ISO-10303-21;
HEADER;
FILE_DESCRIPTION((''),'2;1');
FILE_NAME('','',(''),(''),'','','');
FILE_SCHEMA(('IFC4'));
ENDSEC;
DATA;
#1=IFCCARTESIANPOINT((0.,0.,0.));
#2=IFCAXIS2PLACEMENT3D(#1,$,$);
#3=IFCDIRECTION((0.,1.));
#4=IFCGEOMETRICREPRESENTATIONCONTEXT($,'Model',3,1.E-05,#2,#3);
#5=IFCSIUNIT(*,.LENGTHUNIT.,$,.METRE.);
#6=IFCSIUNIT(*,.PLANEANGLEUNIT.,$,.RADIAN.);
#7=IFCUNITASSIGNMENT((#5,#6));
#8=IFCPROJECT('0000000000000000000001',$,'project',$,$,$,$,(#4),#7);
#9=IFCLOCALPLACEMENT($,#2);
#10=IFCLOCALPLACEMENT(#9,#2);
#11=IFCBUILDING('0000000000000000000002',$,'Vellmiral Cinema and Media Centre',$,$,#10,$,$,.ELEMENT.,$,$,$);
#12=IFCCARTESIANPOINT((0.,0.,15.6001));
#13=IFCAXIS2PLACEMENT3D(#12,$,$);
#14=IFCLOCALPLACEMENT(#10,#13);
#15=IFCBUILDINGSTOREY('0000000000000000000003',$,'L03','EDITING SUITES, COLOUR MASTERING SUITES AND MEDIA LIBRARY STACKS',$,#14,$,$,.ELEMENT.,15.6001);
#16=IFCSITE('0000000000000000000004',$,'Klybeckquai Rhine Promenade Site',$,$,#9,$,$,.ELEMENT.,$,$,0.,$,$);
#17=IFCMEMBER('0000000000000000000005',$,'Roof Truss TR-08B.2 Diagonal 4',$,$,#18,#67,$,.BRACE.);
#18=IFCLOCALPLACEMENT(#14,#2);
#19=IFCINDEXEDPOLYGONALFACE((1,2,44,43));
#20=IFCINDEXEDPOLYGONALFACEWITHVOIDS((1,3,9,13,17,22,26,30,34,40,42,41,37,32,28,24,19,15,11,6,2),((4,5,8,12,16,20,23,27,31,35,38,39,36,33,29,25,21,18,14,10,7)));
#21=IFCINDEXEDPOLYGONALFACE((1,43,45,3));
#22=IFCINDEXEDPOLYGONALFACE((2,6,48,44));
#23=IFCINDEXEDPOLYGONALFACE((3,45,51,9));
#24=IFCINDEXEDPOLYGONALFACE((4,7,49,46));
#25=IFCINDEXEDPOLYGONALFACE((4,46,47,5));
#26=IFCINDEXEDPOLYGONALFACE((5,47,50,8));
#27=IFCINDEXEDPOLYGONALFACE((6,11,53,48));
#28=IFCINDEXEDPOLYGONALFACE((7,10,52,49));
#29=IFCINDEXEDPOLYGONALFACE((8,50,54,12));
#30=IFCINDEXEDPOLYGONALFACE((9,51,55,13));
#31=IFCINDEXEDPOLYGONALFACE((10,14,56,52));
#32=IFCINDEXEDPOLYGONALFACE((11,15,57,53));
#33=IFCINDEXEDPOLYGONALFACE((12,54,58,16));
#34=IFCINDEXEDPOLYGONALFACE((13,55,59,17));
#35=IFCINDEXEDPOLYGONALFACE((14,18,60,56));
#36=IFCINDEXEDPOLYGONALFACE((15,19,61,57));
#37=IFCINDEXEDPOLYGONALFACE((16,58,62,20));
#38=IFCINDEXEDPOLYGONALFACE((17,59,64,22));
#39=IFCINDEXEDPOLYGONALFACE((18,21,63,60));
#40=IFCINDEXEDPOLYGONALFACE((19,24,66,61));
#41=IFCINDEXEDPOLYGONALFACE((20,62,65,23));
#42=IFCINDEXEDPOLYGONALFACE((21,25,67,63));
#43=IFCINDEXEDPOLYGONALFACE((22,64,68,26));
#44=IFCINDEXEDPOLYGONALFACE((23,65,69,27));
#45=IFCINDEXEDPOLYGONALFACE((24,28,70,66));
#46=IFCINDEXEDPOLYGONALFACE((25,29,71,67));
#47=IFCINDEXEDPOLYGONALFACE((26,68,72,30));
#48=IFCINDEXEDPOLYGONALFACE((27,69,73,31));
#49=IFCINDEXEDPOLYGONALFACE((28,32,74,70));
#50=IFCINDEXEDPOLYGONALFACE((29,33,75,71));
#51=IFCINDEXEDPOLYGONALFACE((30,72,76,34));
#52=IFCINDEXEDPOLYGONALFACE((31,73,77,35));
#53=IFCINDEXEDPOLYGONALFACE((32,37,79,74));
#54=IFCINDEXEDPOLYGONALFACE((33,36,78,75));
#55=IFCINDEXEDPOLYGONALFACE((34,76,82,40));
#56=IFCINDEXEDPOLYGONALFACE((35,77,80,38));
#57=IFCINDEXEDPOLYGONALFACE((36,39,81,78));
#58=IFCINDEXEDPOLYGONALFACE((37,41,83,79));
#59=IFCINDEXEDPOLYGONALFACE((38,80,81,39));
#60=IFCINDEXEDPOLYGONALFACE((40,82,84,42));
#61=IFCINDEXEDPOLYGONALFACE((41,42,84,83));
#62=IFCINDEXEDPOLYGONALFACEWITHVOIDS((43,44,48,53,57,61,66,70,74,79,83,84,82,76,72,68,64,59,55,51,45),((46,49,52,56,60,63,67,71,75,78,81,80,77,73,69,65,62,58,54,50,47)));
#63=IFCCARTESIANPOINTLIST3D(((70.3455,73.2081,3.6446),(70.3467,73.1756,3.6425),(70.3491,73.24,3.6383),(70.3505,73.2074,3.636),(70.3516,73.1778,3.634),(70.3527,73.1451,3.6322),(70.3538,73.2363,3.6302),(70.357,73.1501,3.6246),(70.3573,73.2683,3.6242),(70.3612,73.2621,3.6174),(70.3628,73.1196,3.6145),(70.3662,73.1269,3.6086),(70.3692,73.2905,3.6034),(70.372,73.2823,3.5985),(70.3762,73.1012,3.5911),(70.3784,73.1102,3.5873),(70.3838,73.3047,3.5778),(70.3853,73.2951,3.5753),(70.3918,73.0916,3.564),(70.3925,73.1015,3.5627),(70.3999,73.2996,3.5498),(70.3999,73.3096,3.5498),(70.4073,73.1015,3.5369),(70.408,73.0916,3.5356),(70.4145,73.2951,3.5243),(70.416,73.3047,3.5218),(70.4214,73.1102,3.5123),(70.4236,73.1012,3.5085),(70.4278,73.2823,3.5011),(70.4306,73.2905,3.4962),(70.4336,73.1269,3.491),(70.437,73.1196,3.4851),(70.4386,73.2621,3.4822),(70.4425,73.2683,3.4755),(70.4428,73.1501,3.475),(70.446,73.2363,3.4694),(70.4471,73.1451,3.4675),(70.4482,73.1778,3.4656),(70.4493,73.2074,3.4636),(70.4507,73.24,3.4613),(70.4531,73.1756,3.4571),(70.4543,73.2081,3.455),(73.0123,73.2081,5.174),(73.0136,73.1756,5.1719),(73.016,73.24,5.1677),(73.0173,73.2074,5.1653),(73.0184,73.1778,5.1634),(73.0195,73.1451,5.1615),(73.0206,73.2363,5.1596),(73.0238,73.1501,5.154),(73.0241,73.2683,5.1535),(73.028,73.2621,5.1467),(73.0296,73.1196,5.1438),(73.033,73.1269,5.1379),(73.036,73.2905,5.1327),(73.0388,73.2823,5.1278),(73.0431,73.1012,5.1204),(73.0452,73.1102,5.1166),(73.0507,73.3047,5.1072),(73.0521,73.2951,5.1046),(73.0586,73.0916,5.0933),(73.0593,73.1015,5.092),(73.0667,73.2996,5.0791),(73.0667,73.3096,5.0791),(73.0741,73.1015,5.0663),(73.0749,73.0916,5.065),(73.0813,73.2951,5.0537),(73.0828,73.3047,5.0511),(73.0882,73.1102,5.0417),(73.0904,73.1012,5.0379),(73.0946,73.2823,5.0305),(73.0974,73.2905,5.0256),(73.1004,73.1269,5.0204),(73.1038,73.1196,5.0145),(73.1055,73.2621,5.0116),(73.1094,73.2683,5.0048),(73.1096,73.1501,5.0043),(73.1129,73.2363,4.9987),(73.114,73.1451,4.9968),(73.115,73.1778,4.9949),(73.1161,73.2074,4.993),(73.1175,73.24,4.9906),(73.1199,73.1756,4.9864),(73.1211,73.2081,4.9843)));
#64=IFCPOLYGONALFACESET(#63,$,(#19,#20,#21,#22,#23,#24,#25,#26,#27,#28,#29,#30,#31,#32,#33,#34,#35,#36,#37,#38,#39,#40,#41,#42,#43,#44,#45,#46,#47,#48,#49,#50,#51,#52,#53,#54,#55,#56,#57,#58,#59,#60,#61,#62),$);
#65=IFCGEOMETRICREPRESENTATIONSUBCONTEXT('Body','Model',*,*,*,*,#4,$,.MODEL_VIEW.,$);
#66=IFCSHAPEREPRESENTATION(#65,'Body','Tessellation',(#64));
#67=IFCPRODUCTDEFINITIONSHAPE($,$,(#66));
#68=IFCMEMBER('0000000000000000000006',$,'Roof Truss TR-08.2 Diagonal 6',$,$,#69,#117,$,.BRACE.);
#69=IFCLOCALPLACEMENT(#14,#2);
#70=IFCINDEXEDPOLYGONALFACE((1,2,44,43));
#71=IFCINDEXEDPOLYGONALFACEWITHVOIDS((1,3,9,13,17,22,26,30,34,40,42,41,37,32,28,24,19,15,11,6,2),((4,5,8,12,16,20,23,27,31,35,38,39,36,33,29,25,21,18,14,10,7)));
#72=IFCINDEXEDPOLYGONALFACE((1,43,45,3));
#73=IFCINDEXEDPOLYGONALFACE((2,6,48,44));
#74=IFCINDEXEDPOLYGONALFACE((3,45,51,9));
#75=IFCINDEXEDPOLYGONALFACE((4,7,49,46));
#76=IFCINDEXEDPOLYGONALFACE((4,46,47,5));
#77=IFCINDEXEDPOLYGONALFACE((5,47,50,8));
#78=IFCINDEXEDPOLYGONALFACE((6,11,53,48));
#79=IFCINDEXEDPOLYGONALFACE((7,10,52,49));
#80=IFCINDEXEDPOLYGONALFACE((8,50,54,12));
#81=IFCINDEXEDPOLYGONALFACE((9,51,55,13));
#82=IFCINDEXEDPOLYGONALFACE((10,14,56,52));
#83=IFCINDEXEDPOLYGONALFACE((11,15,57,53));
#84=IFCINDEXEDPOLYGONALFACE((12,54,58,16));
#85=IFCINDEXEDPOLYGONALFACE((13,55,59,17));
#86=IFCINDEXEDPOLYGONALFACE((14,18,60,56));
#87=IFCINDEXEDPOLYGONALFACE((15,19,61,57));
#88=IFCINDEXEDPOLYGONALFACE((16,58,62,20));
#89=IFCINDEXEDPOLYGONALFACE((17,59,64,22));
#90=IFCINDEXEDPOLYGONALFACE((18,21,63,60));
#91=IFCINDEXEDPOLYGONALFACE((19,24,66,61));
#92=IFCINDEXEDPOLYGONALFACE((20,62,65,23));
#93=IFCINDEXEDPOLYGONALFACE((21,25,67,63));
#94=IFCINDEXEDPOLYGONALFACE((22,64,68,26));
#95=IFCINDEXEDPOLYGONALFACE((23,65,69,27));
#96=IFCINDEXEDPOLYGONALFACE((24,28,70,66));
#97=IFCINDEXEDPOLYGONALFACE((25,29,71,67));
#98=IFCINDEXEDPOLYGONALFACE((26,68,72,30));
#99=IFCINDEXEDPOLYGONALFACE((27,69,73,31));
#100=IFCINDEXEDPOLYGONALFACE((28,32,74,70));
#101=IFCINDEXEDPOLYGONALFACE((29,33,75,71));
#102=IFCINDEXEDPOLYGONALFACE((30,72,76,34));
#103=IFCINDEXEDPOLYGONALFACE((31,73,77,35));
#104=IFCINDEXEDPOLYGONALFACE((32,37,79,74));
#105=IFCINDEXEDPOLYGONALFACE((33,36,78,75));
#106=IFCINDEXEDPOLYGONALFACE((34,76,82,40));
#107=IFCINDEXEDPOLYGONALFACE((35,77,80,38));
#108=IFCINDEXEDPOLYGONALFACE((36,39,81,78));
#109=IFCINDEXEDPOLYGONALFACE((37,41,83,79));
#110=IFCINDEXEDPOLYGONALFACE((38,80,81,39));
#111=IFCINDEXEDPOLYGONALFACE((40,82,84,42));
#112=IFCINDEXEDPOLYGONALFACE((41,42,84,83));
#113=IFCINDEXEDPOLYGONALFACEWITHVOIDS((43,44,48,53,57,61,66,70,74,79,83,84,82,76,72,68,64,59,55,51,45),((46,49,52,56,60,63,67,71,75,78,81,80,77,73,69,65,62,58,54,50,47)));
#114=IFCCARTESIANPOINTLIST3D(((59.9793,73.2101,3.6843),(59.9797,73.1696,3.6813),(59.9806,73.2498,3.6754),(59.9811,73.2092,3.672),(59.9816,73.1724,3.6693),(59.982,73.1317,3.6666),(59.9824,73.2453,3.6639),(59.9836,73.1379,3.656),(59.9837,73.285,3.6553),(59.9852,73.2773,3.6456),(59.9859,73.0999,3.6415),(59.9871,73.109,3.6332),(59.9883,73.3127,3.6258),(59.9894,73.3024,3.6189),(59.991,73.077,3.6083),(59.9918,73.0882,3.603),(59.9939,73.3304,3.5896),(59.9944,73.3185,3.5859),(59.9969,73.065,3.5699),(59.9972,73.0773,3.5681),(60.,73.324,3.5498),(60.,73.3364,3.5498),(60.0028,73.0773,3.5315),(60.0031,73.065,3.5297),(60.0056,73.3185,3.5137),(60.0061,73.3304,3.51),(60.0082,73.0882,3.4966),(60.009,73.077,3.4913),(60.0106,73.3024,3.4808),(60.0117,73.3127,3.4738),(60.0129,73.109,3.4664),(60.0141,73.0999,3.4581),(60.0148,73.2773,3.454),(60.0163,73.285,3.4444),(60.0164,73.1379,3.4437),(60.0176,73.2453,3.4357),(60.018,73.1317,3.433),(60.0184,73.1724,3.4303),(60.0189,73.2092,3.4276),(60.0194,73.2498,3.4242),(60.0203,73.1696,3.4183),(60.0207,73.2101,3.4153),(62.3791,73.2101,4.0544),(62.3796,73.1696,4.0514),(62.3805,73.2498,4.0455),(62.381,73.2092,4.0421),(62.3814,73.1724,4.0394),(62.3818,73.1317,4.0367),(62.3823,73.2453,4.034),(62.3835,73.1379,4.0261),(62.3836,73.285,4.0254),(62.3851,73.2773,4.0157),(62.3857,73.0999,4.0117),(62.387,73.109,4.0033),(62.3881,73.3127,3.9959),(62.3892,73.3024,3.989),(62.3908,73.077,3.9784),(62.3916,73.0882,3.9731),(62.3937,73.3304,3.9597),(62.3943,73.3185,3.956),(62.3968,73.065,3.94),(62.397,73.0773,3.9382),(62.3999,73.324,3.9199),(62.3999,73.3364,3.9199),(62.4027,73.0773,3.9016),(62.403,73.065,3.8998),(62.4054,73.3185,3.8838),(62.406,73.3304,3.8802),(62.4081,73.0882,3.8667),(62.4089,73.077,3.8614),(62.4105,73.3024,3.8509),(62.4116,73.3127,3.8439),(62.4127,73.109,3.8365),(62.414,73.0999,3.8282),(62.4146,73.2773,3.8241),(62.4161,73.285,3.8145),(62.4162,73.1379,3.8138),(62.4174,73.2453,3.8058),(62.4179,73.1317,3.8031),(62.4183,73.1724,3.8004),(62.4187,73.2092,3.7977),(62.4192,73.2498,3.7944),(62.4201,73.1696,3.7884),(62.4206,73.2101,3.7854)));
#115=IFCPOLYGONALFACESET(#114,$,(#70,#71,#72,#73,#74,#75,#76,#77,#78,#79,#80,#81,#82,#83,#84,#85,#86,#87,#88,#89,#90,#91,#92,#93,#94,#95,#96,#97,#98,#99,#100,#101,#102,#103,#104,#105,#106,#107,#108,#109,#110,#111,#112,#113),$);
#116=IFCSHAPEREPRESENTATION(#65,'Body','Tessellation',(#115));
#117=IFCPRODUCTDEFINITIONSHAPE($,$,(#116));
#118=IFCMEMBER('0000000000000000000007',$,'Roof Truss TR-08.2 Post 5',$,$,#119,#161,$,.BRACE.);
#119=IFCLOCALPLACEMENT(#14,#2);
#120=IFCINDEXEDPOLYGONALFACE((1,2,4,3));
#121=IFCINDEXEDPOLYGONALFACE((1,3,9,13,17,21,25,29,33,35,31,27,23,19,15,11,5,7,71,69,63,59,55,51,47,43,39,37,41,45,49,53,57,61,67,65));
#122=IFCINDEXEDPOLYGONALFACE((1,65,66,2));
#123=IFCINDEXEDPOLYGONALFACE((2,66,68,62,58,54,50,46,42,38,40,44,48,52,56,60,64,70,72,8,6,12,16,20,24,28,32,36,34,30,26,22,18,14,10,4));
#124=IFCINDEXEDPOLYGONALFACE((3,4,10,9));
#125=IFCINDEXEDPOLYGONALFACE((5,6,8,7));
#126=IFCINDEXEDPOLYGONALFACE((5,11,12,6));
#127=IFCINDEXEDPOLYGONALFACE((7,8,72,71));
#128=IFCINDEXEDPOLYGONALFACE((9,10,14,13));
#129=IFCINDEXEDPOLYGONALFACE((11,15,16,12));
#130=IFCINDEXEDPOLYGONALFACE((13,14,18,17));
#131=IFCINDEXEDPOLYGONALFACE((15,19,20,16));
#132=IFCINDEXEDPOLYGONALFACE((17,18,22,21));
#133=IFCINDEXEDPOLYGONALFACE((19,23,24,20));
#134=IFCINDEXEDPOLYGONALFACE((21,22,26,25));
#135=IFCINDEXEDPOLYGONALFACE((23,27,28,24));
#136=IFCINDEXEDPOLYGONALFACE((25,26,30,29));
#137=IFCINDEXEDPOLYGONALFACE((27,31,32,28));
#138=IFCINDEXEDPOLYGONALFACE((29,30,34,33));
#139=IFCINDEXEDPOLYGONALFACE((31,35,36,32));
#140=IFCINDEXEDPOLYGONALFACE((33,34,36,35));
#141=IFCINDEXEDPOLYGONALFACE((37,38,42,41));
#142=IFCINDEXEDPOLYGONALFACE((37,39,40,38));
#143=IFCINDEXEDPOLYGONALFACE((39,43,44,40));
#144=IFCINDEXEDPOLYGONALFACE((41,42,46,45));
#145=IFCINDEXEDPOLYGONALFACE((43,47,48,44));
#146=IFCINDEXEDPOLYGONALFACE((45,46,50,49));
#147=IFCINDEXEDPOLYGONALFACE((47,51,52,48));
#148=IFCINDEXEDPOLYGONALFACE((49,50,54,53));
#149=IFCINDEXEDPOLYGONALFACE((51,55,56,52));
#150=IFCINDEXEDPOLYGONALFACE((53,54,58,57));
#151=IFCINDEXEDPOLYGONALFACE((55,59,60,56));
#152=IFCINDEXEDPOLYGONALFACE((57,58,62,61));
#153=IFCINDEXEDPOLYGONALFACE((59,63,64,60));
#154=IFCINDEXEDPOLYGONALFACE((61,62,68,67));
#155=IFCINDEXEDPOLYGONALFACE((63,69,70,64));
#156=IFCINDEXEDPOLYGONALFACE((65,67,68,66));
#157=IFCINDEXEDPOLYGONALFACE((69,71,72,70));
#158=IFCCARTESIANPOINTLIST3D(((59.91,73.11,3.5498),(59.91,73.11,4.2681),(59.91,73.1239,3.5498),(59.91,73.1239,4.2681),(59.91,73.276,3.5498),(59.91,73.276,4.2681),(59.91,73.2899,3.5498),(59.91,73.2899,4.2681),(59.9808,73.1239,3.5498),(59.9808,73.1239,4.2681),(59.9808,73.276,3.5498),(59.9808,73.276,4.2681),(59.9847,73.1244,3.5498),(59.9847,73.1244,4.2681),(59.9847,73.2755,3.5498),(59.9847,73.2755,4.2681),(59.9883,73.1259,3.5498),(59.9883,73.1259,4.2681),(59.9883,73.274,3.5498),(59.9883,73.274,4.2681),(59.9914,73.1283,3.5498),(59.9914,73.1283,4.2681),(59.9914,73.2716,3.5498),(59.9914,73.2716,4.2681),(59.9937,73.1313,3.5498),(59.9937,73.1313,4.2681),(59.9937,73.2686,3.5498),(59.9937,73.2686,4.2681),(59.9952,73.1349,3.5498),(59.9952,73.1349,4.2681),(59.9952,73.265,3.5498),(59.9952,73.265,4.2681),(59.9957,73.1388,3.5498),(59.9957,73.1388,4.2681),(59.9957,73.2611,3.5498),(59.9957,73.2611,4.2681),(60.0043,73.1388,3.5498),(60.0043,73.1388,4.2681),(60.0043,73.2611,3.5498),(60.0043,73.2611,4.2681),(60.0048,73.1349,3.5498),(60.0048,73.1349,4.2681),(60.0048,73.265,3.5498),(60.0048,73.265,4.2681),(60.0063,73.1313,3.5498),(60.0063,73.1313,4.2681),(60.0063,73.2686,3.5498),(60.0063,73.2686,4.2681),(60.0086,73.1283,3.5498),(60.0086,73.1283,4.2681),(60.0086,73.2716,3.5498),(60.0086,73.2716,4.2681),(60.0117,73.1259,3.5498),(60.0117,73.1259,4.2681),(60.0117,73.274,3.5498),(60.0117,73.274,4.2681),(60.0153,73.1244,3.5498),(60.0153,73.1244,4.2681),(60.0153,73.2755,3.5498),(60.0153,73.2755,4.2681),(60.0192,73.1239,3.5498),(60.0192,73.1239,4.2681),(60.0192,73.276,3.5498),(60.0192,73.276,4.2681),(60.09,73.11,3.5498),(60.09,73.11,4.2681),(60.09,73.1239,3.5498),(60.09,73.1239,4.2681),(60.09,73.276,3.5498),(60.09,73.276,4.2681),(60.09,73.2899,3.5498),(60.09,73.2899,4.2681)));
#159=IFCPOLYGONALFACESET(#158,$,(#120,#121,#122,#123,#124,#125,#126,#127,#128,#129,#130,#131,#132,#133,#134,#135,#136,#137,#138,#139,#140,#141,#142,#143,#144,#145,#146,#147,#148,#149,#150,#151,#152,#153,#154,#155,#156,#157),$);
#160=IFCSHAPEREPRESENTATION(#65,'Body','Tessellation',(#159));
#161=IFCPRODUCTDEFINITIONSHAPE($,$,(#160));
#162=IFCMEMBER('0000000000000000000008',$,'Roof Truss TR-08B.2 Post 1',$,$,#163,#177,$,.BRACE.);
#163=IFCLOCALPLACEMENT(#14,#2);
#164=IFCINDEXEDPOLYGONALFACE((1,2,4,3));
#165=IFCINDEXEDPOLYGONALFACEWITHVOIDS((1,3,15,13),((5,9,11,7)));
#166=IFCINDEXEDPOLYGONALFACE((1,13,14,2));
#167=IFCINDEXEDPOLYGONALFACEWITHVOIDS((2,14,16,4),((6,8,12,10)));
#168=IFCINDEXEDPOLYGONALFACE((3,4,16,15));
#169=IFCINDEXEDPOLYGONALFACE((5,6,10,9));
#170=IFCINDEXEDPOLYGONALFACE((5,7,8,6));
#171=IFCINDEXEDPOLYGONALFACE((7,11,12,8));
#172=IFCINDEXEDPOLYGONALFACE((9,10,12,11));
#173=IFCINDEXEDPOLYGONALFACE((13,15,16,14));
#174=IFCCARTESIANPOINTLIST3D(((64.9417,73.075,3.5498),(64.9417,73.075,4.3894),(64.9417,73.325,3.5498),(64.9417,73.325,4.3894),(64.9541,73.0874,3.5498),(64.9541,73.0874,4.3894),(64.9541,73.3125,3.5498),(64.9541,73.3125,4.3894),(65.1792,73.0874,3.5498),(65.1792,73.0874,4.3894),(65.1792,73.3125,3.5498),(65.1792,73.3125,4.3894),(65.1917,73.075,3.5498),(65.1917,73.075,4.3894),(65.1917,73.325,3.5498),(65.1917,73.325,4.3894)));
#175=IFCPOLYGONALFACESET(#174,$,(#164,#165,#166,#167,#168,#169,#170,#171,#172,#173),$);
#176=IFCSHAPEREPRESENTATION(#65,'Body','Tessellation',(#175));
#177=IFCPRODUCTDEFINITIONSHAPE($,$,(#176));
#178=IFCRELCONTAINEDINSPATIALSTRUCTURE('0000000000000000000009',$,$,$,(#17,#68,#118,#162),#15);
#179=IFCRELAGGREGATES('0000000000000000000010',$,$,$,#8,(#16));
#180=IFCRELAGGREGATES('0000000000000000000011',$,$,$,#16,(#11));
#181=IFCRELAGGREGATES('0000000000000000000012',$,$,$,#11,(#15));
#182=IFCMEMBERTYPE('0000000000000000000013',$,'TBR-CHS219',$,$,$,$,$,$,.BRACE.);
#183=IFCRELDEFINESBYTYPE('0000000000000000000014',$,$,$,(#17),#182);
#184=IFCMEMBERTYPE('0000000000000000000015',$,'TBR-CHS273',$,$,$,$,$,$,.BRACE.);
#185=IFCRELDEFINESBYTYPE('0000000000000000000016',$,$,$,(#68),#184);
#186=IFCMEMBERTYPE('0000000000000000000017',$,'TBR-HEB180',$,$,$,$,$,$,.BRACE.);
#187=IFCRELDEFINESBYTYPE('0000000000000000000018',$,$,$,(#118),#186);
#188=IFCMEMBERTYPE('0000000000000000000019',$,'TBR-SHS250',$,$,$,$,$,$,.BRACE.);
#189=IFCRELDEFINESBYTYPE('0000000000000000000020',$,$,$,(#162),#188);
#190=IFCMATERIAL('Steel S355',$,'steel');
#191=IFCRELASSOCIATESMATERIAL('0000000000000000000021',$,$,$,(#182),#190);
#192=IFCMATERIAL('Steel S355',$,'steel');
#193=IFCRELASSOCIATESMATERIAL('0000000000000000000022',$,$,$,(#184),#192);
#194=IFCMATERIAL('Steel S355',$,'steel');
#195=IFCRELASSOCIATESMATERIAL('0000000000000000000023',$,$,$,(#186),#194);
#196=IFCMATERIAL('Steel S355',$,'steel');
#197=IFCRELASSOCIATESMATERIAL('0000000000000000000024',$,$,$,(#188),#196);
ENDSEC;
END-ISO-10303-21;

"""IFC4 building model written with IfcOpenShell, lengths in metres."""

from ifc_helpers import new_model, si_unit, direction, frame, origin, origin_2d, place, context, subcontext, project, spatial, hollow_rectangle, hollow_circle, i_section, extrude, material, material_profile, profile_set, type_object, element, save


model = new_model("IFC4")

# Units and contexts
model_context = context("Model", 3, precision=1e-05, world=origin(), true_north=direction((0.0, 1.0)))
body_context = subcontext(model_context, "Body", "Model", "MODEL_VIEW")
ifc_project = project(units=[si_unit("LENGTHUNIT", "METRE"), si_unit("PLANEANGLEUNIT", "RADIAN")], contexts=[model_context])

# Site, building, storey
site_placement = place(None, origin())
site = spatial("IfcSite", under=ifc_project, at=site_placement, Name="Klybeckquai Rhine Promenade Site", CompositionType="ELEMENT", RefElevation=0.0)
building_placement = place(site_placement, origin())
building = spatial("IfcBuilding", under=site, at=building_placement, Name="Vellmiral Cinema and Media Centre", CompositionType="ELEMENT")
storey_placement = place(building_placement, frame((0.0, 0.0, 15.6001)))
storey = spatial("IfcBuildingStorey", under=building, at=storey_placement, Name="L03", Description="EDITING SUITES, COLOUR MASTERING SUITES AND MEDIA LIBRARY STACKS", CompositionType="ELEMENT", Elevation=15.6001)

# Members
ifc_material_1 = material(Name="Steel S355", Category="steel")
ifc_material_profile_1 = material_profile(ifc_material_1, hollow_circle(Radius=0.1096, WallThickness=0.01, at=origin_2d()), Name="CHS 219.1x10.0")
ifc_profile_set_1 = profile_set([ifc_material_profile_1], Name="Steel S355")
member_type_1 = type_object("IfcMemberType", Name="TBR-CHS219", PredefinedType="BRACE", material=ifc_profile_set_1)
member_1_placement = place(storey_placement, frame((70.3999, 73.2, 3.5498), z_axis=(0.86748, 0.0, 0.497473), x_axis=(0.0, 1.0, 0.0)))
element("IfcMember", 1, at=member_1_placement, inside=storey, type_object=member_type_1, Name="Roof Truss TR-08B.2 Diagonal 4", PredefinedType="BRACE", context=body_context, shape_type="SweptSolid", body=[
    extrude(hollow_circle(Radius=0.1096, WallThickness=0.01, at=origin_2d()), origin(), (0.0, 0.0, 1.0), 3.0742),
])
ifc_material_2 = material(Name="Steel S355", Category="steel")
ifc_material_profile_2 = material_profile(ifc_material_2, hollow_circle(Radius=0.1365, WallThickness=0.0125, at=origin_2d()), Name="CHS 273.0x12.5")
ifc_profile_set_2 = profile_set([ifc_material_profile_2], Name="Steel S355")
member_type_2 = type_object("IfcMemberType", Name="TBR-CHS273", PredefinedType="BRACE", material=ifc_profile_set_2)
member_2_placement = place(storey_placement, frame((60.0, 73.2, 3.5498), z_axis=(0.988316, 0.0, 0.15242), x_axis=(0.0, 1.0, 0.0)))
element("IfcMember", 2, at=member_2_placement, inside=storey, type_object=member_type_2, Name="Roof Truss TR-08.2 Diagonal 6", PredefinedType="BRACE", context=body_context, shape_type="SweptSolid", body=[
    extrude(hollow_circle(Radius=0.1365, WallThickness=0.0125, at=origin_2d()), origin(), (0.0, 0.0, 1.0), 2.4282),
])
ifc_material_3 = material(Name="Steel S355", Category="steel")
ifc_material_profile_3 = material_profile(ifc_material_3, i_section(OverallWidth=0.1799, OverallDepth=0.1799, WebThickness=0.0085, FlangeThickness=0.0139, FilletRadius=0.0149, at=origin_2d()), Name="HEB 180")
ifc_profile_set_3 = profile_set([ifc_material_profile_3], Name="Steel S355")
member_type_3 = type_object("IfcMemberType", Name="TBR-HEB180", PredefinedType="BRACE", material=ifc_profile_set_3)
member_3_placement = place(storey_placement, frame((60.0, 73.2, 3.5498), z_axis=(0.0, 0.0, 1.0), x_axis=(1.0, 0.0, 0.0)))
element("IfcMember", 3, at=member_3_placement, inside=storey, type_object=member_type_3, Name="Roof Truss TR-08.2 Post 5", PredefinedType="BRACE", context=body_context, shape_type="SweptSolid", body=[
    extrude(i_section(OverallWidth=0.1799, OverallDepth=0.1799, WebThickness=0.0085, FlangeThickness=0.0139, FilletRadius=0.0149, at=origin_2d()), origin(), (0.0, 0.0, 1.0), 0.7183),
])
ifc_material_4 = material(Name="Steel S355", Category="steel")
ifc_material_profile_4 = material_profile(ifc_material_4, hollow_rectangle(XDim=0.25, YDim=0.25, WallThickness=0.0125, at=origin_2d()), Name="SHS 250x250x12.5")
ifc_profile_set_4 = profile_set([ifc_material_profile_4], Name="Steel S355")
member_type_4 = type_object("IfcMemberType", Name="TBR-SHS250", PredefinedType="BRACE", material=ifc_profile_set_4)
member_4_placement = place(storey_placement, frame((65.0667, 73.2, 3.5498), z_axis=(0.0, 0.0, 1.0), x_axis=(1.0, 0.0, 0.0)))
element("IfcMember", 4, at=member_4_placement, inside=storey, type_object=member_type_4, Name="Roof Truss TR-08B.2 Post 1", PredefinedType="BRACE", context=body_context, shape_type="SweptSolid", body=[
    extrude(hollow_rectangle(XDim=0.25, YDim=0.25, WallThickness=0.0125, at=origin_2d()), origin(), (0.0, 0.0, 1.0), 0.8396),
])

save(model, "model.ifc")
